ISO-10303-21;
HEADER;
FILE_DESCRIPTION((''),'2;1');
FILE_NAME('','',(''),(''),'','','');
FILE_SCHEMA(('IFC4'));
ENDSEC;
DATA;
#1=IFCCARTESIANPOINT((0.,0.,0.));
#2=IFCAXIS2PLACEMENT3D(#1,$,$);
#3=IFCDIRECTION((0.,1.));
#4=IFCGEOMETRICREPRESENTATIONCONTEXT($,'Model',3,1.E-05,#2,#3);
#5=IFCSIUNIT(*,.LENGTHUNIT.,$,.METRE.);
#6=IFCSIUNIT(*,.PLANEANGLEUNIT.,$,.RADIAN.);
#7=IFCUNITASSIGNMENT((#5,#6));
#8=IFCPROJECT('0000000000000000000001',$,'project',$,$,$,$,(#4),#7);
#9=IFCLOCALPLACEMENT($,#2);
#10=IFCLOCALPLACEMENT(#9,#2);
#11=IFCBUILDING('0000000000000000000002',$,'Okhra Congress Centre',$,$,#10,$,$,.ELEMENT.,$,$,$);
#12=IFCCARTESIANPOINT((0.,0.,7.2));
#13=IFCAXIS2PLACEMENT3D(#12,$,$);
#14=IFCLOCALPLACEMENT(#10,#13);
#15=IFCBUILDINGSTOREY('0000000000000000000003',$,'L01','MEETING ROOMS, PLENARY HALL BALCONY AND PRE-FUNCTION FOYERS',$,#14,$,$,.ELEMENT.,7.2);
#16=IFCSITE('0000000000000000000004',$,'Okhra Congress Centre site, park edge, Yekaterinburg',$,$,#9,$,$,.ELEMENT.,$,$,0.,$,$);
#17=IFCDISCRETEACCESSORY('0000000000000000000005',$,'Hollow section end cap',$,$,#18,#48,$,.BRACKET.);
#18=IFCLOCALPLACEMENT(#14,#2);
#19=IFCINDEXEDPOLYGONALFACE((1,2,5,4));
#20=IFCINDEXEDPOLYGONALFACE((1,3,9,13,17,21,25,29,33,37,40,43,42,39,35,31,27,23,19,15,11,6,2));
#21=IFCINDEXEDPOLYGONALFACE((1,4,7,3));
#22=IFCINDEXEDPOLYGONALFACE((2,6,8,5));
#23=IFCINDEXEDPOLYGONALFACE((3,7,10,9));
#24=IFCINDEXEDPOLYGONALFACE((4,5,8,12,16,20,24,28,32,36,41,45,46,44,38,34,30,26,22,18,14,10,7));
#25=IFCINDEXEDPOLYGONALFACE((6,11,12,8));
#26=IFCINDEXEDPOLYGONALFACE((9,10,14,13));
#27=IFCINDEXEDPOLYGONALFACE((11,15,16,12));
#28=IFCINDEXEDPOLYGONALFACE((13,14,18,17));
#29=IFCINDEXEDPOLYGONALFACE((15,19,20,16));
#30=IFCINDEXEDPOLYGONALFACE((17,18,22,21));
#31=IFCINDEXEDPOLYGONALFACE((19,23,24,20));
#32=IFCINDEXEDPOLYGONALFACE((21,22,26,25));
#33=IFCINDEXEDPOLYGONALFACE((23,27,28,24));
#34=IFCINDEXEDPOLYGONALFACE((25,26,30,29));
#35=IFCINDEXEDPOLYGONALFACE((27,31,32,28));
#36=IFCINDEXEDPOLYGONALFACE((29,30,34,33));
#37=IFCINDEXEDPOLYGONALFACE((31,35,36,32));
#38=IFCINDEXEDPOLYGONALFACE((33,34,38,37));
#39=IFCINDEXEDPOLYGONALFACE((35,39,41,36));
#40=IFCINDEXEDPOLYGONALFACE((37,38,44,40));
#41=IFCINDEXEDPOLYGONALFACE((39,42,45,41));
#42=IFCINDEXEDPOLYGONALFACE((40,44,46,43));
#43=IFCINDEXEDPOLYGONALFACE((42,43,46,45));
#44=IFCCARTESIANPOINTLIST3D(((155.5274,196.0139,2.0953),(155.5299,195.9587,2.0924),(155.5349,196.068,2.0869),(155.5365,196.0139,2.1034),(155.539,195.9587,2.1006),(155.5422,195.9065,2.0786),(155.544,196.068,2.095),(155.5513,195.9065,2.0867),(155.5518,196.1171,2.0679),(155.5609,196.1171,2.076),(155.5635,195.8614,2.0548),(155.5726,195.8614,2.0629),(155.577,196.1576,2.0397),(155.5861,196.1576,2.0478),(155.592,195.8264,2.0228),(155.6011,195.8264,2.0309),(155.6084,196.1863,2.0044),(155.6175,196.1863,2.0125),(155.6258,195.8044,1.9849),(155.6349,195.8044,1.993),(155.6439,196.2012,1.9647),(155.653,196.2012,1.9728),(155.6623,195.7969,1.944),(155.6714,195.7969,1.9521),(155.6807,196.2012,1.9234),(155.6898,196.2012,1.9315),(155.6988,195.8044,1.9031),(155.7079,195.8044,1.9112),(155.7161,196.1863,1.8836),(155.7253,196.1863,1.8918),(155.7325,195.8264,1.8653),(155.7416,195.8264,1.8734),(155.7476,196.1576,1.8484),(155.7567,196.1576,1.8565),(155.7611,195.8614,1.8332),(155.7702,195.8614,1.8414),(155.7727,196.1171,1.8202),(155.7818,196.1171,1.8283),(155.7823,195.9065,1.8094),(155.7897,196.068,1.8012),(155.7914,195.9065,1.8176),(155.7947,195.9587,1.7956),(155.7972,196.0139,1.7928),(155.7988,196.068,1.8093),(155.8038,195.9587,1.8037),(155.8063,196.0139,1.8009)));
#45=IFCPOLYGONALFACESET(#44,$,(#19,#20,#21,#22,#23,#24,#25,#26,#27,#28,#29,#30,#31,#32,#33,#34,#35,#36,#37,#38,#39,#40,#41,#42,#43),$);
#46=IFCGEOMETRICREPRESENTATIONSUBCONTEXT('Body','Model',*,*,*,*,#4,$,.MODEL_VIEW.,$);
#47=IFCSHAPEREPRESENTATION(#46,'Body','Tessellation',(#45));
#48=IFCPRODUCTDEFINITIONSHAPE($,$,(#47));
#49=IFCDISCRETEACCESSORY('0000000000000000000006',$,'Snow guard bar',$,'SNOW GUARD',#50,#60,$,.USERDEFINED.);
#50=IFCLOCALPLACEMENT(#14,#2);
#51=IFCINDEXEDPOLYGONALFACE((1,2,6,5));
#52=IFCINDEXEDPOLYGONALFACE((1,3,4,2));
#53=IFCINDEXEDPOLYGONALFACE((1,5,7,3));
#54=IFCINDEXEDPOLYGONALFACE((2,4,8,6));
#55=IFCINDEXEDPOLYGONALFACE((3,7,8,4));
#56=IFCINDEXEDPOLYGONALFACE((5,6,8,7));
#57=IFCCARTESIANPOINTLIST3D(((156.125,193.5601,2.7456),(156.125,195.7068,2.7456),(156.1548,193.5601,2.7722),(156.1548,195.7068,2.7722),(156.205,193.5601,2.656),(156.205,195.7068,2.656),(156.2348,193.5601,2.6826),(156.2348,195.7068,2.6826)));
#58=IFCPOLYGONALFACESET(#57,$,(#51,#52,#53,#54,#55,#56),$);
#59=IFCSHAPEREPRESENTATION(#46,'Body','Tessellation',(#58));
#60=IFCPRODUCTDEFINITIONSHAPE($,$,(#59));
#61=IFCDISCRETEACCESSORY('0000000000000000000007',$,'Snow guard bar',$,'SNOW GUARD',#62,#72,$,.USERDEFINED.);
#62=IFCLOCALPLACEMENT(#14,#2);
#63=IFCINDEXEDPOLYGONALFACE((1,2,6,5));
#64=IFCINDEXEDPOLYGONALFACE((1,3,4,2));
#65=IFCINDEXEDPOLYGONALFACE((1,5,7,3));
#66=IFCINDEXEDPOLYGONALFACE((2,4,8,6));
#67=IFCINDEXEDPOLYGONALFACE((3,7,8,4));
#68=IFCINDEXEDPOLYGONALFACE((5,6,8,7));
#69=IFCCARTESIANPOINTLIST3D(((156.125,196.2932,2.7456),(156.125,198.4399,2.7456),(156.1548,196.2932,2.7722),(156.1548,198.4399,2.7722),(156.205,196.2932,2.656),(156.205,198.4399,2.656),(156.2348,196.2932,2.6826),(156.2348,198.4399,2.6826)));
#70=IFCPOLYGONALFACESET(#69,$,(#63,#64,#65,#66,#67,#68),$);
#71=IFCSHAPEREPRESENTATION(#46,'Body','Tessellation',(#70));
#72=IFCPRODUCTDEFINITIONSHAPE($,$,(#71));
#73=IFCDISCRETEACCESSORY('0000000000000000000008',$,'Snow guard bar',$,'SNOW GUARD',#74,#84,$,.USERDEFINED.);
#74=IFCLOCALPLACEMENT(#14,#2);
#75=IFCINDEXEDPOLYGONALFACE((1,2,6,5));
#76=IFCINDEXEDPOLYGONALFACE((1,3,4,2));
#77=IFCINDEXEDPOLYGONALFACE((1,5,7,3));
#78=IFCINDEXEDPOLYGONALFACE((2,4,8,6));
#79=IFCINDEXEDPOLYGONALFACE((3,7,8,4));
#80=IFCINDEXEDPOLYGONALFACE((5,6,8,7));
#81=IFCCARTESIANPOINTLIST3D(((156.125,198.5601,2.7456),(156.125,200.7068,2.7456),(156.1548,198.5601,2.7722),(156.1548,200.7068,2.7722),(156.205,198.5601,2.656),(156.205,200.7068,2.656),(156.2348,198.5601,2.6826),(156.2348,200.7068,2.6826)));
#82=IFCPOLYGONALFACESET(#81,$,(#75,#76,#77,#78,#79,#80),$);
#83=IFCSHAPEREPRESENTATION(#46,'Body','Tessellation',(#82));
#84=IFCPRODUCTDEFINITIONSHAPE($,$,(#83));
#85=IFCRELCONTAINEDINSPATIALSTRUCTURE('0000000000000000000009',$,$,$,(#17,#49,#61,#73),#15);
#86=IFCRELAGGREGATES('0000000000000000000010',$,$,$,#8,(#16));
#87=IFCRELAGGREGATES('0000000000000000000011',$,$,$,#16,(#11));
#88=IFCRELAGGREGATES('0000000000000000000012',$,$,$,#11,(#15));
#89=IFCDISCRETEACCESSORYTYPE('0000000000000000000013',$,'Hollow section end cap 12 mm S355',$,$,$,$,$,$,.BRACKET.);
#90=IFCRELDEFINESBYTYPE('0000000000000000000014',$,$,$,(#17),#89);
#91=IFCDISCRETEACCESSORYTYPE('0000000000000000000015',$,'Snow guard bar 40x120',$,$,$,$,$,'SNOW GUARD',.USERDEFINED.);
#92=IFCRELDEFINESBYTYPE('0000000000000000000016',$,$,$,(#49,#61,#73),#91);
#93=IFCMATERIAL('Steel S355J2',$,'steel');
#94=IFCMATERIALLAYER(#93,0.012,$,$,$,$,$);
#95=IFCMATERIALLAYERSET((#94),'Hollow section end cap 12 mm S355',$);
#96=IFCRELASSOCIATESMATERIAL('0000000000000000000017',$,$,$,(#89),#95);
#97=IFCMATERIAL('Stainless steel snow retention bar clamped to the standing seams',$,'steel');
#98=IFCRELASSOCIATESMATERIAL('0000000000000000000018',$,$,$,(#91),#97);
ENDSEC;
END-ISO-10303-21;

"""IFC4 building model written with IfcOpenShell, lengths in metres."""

from ifc_helpers import new_model, si_unit, direction, frame, origin, origin_2d, place, context, subcontext, project, spatial, polyline, circle, outline, extrude, material, layer, layer_set, type_object, element, save


model = new_model("IFC4")

# Units and contexts
model_context = context("Model", 3, precision=1e-05, world=origin(), true_north=direction((0.0, 1.0)))
body_context = subcontext(model_context, "Body", "Model", "MODEL_VIEW")
ifc_project = project(units=[si_unit("LENGTHUNIT", "METRE"), si_unit("PLANEANGLEUNIT", "RADIAN")], contexts=[model_context])

# Site, building, storey
site_placement = place(None, origin())
site = spatial("IfcSite", under=ifc_project, at=site_placement, Name="Okhra Congress Centre site, park edge, Yekaterinburg", CompositionType="ELEMENT", RefElevation=0.0)
building_placement = place(site_placement, origin())
building = spatial("IfcBuilding", under=site, at=building_placement, Name="Okhra Congress Centre", CompositionType="ELEMENT")
storey_placement = place(building_placement, frame((0.0, 0.0, 7.2)))
storey = spatial("IfcBuildingStorey", under=building, at=storey_placement, Name="L01", Description="MEETING ROOMS, PLENARY HALL BALCONY AND PRE-FUNCTION FOYERS", CompositionType="ELEMENT", Elevation=7.2)

# Shared definitions
ifc_material_1 = material(Name="Steel S355J2", Category="steel")

# Discrete accessories
ifc_layer_1 = layer(ifc_material_1, 0.012)
ifc_layer_set_1 = layer_set([ifc_layer_1], Name="Hollow section end cap 12 mm S355")
discrete_accessory_type_1 = type_object("IfcDiscreteAccessoryType", Name="Hollow section end cap 12 mm S355", PredefinedType="BRACKET", material=ifc_layer_set_1)
discrete_accessory_placement = place(storey_placement, frame((155.6714, 196.0, 1.9521), z_axis=(-0.746295, 0.0, -0.665615), x_axis=(0.0, -1.0, 0.0)))
element("IfcDiscreteAccessory", 1, at=discrete_accessory_placement, inside=storey, type_object=discrete_accessory_type_1, Name="Hollow section end cap", PredefinedType="BRACKET", context=body_context, shape_type="SweptSolid", body=[
    extrude(circle(Radius=0.2031, at=origin_2d()), origin(), (0.0, 0.0, 1.0), 0.0122),
])
ifc_material_2 = material(Name="Stainless steel snow retention bar clamped to the standing seams", Category="steel")
discrete_accessory_type_2 = type_object("IfcDiscreteAccessoryType", Name="Snow guard bar 40x120", ElementType="SNOW GUARD", PredefinedType="USERDEFINED", material=ifc_material_2)
for number, where, z_axis, x_axis, name in (
    (2, (156.125, 193.5601, 2.7456), (-0.666259, 0.0, 0.745721), (0.745721, 0.0, 0.666259), "Snow guard bar"),
    (3, (156.125, 196.2932, 2.7456), (-0.666259, 0.0, 0.745721), (0.745721, 0.0, 0.666259), "Snow guard bar"),
    (4, (156.125, 198.5601, 2.7456), (-0.666259, 0.0, 0.745721), (0.745721, 0.0, 0.666259), "Snow guard bar"),
):
    element("IfcDiscreteAccessory", number, at=place(storey_placement, frame(where, z_axis=z_axis, x_axis=x_axis)), inside=storey, type_object=discrete_accessory_type_2, Name=name, ObjectType="SNOW GUARD", PredefinedType="USERDEFINED", context=body_context, shape_type="SweptSolid", body=[
        extrude(outline(polyline([(0.0, 0.0), (0.0399, 0.0), (0.0399, 2.1467), (0.0, 2.1467), (0.0, 0.0)])), origin(), (0.0, 0.0, -1.0), 0.1201),
    ])

save(model, "model.ifc")
